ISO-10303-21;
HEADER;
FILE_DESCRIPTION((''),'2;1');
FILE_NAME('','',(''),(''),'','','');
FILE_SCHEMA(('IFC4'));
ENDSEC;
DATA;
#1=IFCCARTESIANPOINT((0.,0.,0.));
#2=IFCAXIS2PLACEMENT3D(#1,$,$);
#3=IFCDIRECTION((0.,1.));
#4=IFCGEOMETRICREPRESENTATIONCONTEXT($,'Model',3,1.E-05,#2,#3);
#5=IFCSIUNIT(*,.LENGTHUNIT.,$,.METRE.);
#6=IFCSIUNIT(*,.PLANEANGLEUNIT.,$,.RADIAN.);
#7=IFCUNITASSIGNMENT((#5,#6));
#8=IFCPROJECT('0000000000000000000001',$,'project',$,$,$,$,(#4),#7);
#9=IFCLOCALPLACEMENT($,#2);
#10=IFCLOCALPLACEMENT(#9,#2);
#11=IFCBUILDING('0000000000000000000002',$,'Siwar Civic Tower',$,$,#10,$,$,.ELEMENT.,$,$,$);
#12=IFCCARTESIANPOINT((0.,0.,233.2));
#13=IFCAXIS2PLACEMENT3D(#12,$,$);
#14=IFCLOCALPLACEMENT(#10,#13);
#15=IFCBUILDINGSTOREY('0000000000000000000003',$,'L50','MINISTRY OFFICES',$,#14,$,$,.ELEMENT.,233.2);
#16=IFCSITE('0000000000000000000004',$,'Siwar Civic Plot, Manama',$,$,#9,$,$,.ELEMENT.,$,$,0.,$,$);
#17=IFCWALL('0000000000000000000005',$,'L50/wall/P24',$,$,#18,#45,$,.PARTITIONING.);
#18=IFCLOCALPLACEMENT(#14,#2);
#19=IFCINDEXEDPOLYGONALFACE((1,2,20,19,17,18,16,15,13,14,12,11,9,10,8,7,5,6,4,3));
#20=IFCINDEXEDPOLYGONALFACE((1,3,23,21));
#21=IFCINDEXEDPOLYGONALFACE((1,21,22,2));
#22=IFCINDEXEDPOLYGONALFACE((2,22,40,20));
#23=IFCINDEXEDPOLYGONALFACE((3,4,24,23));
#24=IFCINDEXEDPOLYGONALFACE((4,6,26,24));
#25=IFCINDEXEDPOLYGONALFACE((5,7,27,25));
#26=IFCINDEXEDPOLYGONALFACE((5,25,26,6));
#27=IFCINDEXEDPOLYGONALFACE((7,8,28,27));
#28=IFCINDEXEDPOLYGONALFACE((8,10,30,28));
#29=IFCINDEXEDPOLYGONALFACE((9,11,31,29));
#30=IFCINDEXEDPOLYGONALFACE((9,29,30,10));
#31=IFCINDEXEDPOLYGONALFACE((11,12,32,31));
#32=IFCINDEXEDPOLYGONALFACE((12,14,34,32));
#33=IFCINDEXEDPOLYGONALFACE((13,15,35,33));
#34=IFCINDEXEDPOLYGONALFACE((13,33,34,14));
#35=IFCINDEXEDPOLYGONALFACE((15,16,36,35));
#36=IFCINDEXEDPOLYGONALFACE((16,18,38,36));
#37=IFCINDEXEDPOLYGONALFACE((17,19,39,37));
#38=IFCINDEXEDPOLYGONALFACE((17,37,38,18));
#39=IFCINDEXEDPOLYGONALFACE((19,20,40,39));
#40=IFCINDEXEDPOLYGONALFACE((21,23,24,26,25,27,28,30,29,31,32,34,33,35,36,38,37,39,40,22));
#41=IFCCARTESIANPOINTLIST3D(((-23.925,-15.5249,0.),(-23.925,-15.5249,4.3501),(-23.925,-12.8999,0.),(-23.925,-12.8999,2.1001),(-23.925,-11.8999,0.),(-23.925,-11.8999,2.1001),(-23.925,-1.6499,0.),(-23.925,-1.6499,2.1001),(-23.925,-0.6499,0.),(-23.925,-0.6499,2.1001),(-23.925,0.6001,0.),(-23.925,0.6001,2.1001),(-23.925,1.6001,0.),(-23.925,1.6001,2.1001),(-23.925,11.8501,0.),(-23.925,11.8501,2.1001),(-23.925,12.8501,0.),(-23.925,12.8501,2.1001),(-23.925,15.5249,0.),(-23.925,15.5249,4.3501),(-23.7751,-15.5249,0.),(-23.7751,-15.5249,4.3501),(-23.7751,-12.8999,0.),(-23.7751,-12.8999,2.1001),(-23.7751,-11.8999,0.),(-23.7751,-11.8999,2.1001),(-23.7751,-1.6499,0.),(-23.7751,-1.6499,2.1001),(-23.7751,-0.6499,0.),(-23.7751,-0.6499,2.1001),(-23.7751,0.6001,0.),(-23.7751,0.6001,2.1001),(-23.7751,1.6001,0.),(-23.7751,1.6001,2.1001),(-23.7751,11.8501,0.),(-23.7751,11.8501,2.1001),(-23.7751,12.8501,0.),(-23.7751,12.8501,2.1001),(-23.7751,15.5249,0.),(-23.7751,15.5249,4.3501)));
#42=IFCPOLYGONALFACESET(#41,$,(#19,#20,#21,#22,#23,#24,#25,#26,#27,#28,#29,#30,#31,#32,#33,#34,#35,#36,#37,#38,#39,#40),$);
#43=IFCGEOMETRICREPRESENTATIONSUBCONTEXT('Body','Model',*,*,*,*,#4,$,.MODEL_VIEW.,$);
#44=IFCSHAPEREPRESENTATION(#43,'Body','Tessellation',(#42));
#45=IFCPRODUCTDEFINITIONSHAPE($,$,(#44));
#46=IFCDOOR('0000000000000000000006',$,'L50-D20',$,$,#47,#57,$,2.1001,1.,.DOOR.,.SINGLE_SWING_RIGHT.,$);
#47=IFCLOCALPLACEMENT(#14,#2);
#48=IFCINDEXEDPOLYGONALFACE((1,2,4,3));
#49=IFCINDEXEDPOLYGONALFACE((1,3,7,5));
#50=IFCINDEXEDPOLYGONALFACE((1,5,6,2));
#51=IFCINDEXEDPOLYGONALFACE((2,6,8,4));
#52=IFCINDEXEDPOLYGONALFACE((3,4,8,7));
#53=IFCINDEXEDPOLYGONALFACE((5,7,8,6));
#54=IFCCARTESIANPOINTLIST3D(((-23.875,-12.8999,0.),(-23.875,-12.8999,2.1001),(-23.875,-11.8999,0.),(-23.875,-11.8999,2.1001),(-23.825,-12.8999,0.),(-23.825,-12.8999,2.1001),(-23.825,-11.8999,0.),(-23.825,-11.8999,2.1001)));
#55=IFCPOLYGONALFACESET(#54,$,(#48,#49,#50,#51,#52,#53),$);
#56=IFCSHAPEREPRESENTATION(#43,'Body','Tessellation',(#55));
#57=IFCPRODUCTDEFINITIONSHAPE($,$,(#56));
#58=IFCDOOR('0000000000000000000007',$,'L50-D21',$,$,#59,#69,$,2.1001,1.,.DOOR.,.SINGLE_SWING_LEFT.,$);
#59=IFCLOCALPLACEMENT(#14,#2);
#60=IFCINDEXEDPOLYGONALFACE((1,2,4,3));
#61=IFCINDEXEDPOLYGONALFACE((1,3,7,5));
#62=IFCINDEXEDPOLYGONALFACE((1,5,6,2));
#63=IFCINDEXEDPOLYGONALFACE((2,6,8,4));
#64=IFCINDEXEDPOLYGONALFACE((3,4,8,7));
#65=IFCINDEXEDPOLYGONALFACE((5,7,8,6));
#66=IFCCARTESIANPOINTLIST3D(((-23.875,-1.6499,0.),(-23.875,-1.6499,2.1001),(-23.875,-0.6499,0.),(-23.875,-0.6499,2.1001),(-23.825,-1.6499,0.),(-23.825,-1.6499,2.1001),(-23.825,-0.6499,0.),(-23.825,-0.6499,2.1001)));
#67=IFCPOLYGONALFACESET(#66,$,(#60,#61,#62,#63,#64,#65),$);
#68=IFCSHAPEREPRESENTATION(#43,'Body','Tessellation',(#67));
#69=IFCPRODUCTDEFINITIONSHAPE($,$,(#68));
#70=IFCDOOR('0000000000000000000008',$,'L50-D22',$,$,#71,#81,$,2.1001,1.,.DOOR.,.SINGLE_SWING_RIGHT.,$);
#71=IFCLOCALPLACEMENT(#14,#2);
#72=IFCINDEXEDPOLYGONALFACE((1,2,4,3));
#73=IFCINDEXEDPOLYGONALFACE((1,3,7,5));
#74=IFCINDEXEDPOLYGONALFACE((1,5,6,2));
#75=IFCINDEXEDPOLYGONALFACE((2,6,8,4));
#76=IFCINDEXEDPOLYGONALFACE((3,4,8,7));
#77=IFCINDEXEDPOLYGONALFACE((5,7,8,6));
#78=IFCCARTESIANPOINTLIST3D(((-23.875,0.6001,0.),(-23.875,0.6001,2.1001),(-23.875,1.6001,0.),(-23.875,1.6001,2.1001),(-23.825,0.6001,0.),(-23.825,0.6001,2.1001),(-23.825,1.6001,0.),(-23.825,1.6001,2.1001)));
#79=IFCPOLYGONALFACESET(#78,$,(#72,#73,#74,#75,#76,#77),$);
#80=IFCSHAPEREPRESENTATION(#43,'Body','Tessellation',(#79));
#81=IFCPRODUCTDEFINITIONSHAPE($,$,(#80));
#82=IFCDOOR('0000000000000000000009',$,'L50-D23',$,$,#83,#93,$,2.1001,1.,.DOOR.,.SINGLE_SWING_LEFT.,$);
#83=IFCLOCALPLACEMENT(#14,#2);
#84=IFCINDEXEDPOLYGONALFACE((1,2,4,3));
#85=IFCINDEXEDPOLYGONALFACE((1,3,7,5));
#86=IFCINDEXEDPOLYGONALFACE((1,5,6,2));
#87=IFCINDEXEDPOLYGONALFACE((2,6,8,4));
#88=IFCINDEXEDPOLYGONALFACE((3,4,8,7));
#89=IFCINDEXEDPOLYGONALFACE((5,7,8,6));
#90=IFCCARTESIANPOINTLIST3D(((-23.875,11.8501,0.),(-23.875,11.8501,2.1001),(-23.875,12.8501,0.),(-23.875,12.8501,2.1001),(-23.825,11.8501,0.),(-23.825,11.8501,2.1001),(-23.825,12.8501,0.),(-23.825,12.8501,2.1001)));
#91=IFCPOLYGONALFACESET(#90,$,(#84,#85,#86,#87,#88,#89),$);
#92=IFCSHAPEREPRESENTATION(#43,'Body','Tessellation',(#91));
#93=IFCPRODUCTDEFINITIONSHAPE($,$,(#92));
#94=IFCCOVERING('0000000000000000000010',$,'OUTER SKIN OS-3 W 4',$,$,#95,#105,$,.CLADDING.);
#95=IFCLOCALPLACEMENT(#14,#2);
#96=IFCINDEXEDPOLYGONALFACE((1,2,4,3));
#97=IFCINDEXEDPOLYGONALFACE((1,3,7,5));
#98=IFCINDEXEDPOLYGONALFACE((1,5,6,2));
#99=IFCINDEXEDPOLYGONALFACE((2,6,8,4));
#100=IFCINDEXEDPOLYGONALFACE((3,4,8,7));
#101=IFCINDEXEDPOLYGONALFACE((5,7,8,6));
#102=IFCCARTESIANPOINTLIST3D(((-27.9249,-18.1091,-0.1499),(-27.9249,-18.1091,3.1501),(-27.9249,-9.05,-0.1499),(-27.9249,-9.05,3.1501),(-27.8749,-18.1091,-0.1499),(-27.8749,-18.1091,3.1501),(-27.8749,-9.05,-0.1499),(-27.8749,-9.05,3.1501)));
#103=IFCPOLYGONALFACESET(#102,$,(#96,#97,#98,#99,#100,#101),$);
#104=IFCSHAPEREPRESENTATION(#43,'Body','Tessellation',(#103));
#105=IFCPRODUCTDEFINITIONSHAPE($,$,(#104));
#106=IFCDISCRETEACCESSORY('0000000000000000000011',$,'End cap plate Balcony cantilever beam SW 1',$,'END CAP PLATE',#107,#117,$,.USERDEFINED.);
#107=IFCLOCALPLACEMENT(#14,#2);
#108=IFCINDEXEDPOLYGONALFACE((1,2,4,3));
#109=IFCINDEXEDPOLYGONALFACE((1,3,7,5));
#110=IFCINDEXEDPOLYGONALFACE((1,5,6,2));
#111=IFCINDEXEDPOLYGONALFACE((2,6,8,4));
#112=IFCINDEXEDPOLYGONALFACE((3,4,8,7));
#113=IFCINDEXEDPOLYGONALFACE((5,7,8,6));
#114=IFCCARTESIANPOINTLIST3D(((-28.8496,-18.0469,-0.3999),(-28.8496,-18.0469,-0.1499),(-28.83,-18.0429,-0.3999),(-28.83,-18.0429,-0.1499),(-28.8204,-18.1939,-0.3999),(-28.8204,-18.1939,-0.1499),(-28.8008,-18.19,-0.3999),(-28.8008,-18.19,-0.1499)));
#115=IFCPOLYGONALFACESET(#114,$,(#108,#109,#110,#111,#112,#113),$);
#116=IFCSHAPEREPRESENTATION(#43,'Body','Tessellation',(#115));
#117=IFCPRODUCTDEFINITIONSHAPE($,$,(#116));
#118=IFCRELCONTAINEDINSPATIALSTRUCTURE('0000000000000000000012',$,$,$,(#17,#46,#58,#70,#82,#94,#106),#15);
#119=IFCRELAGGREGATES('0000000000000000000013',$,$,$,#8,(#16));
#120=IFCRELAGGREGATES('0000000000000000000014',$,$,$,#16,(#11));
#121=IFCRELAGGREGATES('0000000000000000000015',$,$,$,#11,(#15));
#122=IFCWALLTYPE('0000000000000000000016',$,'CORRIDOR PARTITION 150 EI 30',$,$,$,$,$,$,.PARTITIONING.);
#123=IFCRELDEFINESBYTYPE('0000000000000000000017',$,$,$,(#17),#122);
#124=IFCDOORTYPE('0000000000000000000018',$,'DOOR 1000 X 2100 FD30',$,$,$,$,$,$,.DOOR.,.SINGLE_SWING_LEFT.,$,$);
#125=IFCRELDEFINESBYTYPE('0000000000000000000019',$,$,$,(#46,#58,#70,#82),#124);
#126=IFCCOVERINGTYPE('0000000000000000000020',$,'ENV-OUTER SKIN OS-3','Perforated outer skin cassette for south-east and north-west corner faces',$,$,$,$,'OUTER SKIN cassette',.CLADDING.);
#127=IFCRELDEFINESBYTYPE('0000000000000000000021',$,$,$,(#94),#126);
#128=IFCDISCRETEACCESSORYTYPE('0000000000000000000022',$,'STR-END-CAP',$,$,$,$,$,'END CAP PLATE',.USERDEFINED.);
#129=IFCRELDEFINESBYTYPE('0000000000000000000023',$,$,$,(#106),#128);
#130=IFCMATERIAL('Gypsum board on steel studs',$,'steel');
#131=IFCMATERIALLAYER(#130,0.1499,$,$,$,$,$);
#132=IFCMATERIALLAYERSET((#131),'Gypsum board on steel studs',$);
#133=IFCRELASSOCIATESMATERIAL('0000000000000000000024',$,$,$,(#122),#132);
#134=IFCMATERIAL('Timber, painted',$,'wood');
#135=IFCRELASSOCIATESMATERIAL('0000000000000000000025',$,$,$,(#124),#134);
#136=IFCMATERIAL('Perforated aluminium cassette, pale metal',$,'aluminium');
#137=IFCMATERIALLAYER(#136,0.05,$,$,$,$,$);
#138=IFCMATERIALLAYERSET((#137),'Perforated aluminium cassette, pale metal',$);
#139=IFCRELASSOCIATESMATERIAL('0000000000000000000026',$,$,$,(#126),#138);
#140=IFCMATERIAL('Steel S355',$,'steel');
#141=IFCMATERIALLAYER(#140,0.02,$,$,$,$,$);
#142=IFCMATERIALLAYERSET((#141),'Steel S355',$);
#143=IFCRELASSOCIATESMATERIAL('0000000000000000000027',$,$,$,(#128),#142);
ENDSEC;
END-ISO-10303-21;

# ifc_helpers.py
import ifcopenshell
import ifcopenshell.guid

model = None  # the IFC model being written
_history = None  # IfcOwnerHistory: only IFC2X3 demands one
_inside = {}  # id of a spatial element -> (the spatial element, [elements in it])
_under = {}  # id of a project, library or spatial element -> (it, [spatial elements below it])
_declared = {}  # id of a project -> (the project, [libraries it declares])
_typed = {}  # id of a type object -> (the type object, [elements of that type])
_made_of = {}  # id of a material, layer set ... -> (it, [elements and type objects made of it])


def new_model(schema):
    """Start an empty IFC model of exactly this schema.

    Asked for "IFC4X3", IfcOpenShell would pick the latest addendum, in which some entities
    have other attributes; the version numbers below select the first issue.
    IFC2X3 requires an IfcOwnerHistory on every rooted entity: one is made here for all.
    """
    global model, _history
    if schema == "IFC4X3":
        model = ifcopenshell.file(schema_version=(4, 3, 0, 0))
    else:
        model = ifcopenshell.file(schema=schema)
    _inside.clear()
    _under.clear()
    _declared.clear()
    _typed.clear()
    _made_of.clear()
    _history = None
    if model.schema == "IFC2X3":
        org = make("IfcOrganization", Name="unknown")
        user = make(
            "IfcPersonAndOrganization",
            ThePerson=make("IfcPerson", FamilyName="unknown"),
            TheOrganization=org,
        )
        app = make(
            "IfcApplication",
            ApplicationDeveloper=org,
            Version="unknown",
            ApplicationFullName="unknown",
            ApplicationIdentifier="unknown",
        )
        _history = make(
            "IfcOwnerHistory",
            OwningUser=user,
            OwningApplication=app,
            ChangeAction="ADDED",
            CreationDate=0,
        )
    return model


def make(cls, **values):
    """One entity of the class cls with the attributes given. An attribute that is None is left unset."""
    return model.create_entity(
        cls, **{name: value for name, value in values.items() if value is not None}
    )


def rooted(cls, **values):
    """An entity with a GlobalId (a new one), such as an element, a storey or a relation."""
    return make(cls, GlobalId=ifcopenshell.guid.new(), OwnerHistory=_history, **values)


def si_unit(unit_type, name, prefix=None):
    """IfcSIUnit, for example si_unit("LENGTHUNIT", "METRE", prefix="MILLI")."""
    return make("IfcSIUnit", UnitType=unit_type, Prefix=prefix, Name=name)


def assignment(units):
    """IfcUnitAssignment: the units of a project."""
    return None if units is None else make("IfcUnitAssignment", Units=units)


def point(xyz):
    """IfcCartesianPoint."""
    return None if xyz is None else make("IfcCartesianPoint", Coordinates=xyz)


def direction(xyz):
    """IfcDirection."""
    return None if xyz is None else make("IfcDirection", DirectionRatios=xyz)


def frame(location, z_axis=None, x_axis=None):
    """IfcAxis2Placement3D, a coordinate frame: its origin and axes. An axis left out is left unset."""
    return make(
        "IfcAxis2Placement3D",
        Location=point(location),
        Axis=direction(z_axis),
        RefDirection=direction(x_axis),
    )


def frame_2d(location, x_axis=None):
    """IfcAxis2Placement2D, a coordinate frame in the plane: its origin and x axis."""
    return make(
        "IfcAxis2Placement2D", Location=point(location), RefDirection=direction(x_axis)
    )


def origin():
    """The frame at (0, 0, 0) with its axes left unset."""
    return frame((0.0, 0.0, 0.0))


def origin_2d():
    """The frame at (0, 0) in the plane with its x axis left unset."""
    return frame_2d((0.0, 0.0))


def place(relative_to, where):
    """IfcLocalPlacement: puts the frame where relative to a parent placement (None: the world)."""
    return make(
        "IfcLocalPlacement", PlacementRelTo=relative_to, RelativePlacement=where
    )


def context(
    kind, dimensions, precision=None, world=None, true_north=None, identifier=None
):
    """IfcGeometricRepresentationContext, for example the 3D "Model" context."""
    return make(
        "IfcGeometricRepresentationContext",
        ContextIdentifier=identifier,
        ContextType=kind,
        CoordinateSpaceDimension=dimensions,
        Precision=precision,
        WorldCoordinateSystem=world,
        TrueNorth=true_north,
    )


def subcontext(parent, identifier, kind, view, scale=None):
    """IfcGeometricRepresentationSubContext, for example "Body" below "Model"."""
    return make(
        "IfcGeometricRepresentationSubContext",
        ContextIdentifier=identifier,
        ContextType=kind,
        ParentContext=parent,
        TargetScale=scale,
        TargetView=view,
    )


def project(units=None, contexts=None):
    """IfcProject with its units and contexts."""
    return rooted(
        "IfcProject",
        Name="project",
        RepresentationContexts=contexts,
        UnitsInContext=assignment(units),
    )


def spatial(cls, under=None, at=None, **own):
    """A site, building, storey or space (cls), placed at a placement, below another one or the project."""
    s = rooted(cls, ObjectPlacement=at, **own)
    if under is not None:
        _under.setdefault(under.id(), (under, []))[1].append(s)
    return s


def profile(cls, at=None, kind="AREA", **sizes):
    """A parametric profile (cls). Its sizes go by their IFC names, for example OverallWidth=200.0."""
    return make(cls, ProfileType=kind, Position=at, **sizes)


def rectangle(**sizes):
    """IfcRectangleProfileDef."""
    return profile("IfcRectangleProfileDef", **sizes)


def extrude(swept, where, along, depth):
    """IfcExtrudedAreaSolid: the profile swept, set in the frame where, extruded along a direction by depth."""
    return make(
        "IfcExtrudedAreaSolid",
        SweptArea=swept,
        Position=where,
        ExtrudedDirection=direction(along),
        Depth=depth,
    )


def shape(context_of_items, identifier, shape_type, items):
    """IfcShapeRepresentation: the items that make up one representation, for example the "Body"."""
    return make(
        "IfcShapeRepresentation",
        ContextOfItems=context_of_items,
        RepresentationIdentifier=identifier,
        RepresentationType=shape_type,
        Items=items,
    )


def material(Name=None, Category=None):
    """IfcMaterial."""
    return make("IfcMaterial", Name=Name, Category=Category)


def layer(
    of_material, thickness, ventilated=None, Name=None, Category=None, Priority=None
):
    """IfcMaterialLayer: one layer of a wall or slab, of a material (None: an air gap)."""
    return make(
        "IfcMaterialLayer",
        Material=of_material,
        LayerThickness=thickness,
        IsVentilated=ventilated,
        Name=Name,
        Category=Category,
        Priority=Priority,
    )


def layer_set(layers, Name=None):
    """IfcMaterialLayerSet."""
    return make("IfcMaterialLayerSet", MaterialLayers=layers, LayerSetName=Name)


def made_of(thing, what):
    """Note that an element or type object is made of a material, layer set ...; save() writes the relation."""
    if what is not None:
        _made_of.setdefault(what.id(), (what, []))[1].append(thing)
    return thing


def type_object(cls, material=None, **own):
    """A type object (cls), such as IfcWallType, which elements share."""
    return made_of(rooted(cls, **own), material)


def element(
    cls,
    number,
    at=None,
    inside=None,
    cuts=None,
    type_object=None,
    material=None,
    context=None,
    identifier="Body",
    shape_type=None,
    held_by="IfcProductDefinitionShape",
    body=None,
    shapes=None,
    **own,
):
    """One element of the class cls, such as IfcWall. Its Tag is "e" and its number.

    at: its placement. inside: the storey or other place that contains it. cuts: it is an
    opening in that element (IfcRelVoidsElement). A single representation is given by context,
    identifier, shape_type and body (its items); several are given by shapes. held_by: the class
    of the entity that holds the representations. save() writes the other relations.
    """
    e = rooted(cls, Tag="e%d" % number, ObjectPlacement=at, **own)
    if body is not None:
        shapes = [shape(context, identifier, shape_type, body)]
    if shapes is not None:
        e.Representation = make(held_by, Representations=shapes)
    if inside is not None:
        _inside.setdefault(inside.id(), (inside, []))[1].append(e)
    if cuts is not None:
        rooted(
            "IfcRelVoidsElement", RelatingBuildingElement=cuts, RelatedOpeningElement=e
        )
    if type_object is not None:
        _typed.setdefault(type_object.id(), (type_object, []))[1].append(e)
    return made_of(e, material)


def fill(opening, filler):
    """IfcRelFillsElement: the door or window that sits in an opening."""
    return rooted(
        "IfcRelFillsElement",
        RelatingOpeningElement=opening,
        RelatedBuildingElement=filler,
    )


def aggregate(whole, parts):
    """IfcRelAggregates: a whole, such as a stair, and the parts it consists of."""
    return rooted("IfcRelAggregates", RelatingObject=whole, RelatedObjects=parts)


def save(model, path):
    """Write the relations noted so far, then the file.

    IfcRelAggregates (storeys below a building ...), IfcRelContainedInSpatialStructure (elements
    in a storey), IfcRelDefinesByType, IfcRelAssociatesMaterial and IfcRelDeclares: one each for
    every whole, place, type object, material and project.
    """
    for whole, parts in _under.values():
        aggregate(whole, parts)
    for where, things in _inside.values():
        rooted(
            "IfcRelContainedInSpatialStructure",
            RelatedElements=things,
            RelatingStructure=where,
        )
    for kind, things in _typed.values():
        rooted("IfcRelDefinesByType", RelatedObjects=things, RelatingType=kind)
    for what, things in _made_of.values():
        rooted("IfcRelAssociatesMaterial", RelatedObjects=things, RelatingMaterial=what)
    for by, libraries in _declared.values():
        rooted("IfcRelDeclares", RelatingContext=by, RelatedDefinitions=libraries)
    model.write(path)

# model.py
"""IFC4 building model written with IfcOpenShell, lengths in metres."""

from ifc_helpers import new_model, si_unit, direction, frame, frame_2d, origin, origin_2d, place, context, subcontext, project, spatial, rectangle, extrude, material, layer, layer_set, type_object, element, fill, save


model = new_model("IFC4")

# Units and contexts
model_context = context("Model", 3, precision=1e-05, world=origin(), true_north=direction((0.0, 1.0)))
body_context = subcontext(model_context, "Body", "Model", "MODEL_VIEW")
ifc_project = project(units=[si_unit("LENGTHUNIT", "METRE"), si_unit("PLANEANGLEUNIT", "RADIAN")], contexts=[model_context])

# Site, building, storey
site_placement = place(None, origin())
site = spatial("IfcSite", under=ifc_project, at=site_placement, Name="Siwar Civic Plot, Manama", CompositionType="ELEMENT", RefElevation=0.0)
building_placement = place(site_placement, origin())
building = spatial("IfcBuilding", under=site, at=building_placement, Name="Siwar Civic Tower", CompositionType="ELEMENT")
storey_placement = place(building_placement, frame((0.0, 0.0, 233.2)))
storey = spatial("IfcBuildingStorey", under=building, at=storey_placement, Name="L50", Description="MINISTRY OFFICES", CompositionType="ELEMENT", Elevation=233.2)

# Wall, openings, doors
ifc_material_1 = material(Name="Gypsum board on steel studs", Category="steel")
ifc_layer_1 = layer(ifc_material_1, 0.1499)
ifc_layer_set_1 = layer_set([ifc_layer_1], Name="Gypsum board on steel studs")
wall_type = type_object("IfcWallType", Name="CORRIDOR PARTITION 150 EI 30", PredefinedType="PARTITIONING", material=ifc_layer_set_1)
ifc_material_2 = material(Name="Timber, painted", Category="wood")
door_type = type_object("IfcDoorType", Name="DOOR 1000 X 2100 FD30", OperationType="SINGLE_SWING_LEFT", PredefinedType="DOOR", material=ifc_material_2)
wall_1_placement = place(storey_placement, frame((-23.8501, -15.5249, 0.0), z_axis=(0.0, 0.0, 1.0), x_axis=(0.0, 1.0, 0.0)))
wall_1 = element("IfcWall", 1, at=wall_1_placement, inside=storey, type_object=wall_type, Name="L50/wall/P24", PredefinedType="PARTITIONING", context=body_context, shape_type="SweptSolid", body=[
    extrude(rectangle(XDim=31.0498, YDim=0.1499, at=frame_2d((15.5249, 0.0))), origin(), (0.0, 0.0, 1.0), 4.3501),
])
opening_1_placement = place(wall_1_placement, frame((2.625, 0.0, 0.0)))
opening_1 = element("IfcOpeningElement", 2, at=opening_1_placement, cuts=wall_1, PredefinedType="OPENING", context=body_context, shape_type="SweptSolid", body=[
    extrude(rectangle(XDim=1.0, YDim=2.1001, at=frame_2d((0.5, 1.05))), frame((0.0, 0.085, 0.0), z_axis=(0.0, -1.0, 0.0), x_axis=(1.0, 0.0, 0.0)), (0.0, 0.0, 1.0), 0.1699),
])
opening_2_placement = place(wall_1_placement, frame((13.875, 0.0, 0.0)))
opening_2 = element("IfcOpeningElement", 3, at=opening_2_placement, cuts=wall_1, PredefinedType="OPENING", context=body_context, shape_type="SweptSolid", body=[
    extrude(rectangle(XDim=1.0, YDim=2.1001, at=frame_2d((0.5, 1.05))), frame((0.0, 0.085, 0.0), z_axis=(0.0, -1.0, 0.0), x_axis=(1.0, 0.0, 0.0)), (0.0, 0.0, 1.0), 0.1699),
])
opening_3_placement = place(wall_1_placement, frame((16.125, 0.0, 0.0)))
opening_3 = element("IfcOpeningElement", 4, at=opening_3_placement, cuts=wall_1, PredefinedType="OPENING", context=body_context, shape_type="SweptSolid", body=[
    extrude(rectangle(XDim=1.0, YDim=2.1001, at=frame_2d((0.5, 1.05))), frame((0.0, 0.085, 0.0), z_axis=(0.0, -1.0, 0.0), x_axis=(1.0, 0.0, 0.0)), (0.0, 0.0, 1.0), 0.1699),
])
opening_4_placement = place(wall_1_placement, frame((27.375, 0.0, 0.0)))
opening_4 = element("IfcOpeningElement", 5, at=opening_4_placement, cuts=wall_1, PredefinedType="OPENING", context=body_context, shape_type="SweptSolid", body=[
    extrude(rectangle(XDim=1.0, YDim=2.1001, at=frame_2d((0.5, 1.05))), frame((0.0, 0.085, 0.0), z_axis=(0.0, -1.0, 0.0), x_axis=(1.0, 0.0, 0.0)), (0.0, 0.0, 1.0), 0.1699),
])
door_1_placement = place(opening_1_placement, origin())
door_1 = element("IfcDoor", 6, at=door_1_placement, inside=storey, type_object=door_type, Name="L50-D20", OperationType="SINGLE_SWING_RIGHT", OverallHeight=2.1001, OverallWidth=1.0, PredefinedType="DOOR", context=body_context, shape_type="SweptSolid", body=[
    extrude(rectangle(XDim=1.0, YDim=2.1001, at=frame_2d((0.5, 1.05))), frame((0.0, 0.0249, 0.0), z_axis=(0.0, -1.0, 0.0), x_axis=(1.0, 0.0, 0.0)), (0.0, 0.0, 1.0), 0.05),
])
fill(opening_1, door_1)
door_2_placement = place(opening_2_placement, origin())
door_2 = element("IfcDoor", 7, at=door_2_placement, inside=storey, type_object=door_type, Name="L50-D21", OperationType="SINGLE_SWING_LEFT", OverallHeight=2.1001, OverallWidth=1.0, PredefinedType="DOOR", context=body_context, shape_type="SweptSolid", body=[
    extrude(rectangle(XDim=1.0, YDim=2.1001, at=frame_2d((0.5, 1.05))), frame((0.0, 0.0249, 0.0), z_axis=(0.0, -1.0, 0.0), x_axis=(1.0, 0.0, 0.0)), (0.0, 0.0, 1.0), 0.05),
])
fill(opening_2, door_2)
door_3_placement = place(opening_3_placement, origin())
door_3 = element("IfcDoor", 8, at=door_3_placement, inside=storey, type_object=door_type, Name="L50-D22", OperationType="SINGLE_SWING_RIGHT", OverallHeight=2.1001, OverallWidth=1.0, PredefinedType="DOOR", context=body_context, shape_type="SweptSolid", body=[
    extrude(rectangle(XDim=1.0, YDim=2.1001, at=frame_2d((0.5, 1.05))), frame((0.0, 0.0249, 0.0), z_axis=(0.0, -1.0, 0.0), x_axis=(1.0, 0.0, 0.0)), (0.0, 0.0, 1.0), 0.05),
])
fill(opening_3, door_3)
door_4_placement = place(opening_4_placement, origin())
door_4 = element("IfcDoor", 9, at=door_4_placement, inside=storey, type_object=door_type, Name="L50-D23", OperationType="SINGLE_SWING_LEFT", OverallHeight=2.1001, OverallWidth=1.0, PredefinedType="DOOR", context=body_context, shape_type="SweptSolid", body=[
    extrude(rectangle(XDim=1.0, YDim=2.1001, at=frame_2d((0.5, 1.05))), frame((0.0, 0.0249, 0.0), z_axis=(0.0, -1.0, 0.0), x_axis=(1.0, 0.0, 0.0)), (0.0, 0.0, 1.0), 0.05),
])
fill(opening_4, door_4)

# Covering
ifc_material_3 = material(Name="Perforated aluminium cassette, pale metal", Category="aluminium")
ifc_layer_2 = layer(ifc_material_3, 0.05)
ifc_layer_set_2 = layer_set([ifc_layer_2], Name="Perforated aluminium cassette, pale metal")
covering_type = type_object("IfcCoveringType", Name="ENV-OUTER SKIN OS-3", Description="Perforated outer skin cassette for south-east and north-west corner faces", ElementType="OUTER SKIN cassette", PredefinedType="CLADDING", material=ifc_layer_set_2)
covering_placement = place(storey_placement, frame((-27.8999, -13.5796, -0.1499), z_axis=(0.0, 0.0, 1.0), x_axis=(0.0, -1.0, 0.0)))
element("IfcCovering", 10, at=covering_placement, inside=storey, type_object=covering_type, Name="OUTER SKIN OS-3 W 4", PredefinedType="CLADDING", context=body_context, shape_type="SweptSolid", body=[
    extrude(rectangle(XDim=9.0591, YDim=0.05, at=origin_2d()), origin(), (0.0, 0.0, 1.0), 3.3),
])

# Discrete accessory
ifc_material_4 = material(Name="Steel S355", Category="steel")
ifc_layer_3 = layer(ifc_material_4, 0.02)
ifc_layer_set_3 = layer_set([ifc_layer_3], Name="Steel S355")
discrete_accessory_type = type_object("IfcDiscreteAccessoryType", Name="STR-END-CAP", ElementType="END CAP PLATE", PredefinedType="USERDEFINED", material=ifc_layer_set_3)
discrete_accessory_placement = place(storey_placement, frame((-28.8252, -18.1184, -0.3999), z_axis=(0.0, 0.0, 1.0), x_axis=(-0.980785, -0.19509, 0.0)))
element("IfcDiscreteAccessory", 11, at=discrete_accessory_placement, inside=storey, type_object=discrete_accessory_type, Name="End cap plate Balcony cantilever beam SW 1", ObjectType="END CAP PLATE", PredefinedType="USERDEFINED", context=body_context, shape_type="SweptSolid", body=[
    extrude(rectangle(XDim=0.02, YDim=0.1499, at=origin_2d()), origin(), (0.0, 0.0, 1.0), 0.25),
])

save(model, "model.ifc")
